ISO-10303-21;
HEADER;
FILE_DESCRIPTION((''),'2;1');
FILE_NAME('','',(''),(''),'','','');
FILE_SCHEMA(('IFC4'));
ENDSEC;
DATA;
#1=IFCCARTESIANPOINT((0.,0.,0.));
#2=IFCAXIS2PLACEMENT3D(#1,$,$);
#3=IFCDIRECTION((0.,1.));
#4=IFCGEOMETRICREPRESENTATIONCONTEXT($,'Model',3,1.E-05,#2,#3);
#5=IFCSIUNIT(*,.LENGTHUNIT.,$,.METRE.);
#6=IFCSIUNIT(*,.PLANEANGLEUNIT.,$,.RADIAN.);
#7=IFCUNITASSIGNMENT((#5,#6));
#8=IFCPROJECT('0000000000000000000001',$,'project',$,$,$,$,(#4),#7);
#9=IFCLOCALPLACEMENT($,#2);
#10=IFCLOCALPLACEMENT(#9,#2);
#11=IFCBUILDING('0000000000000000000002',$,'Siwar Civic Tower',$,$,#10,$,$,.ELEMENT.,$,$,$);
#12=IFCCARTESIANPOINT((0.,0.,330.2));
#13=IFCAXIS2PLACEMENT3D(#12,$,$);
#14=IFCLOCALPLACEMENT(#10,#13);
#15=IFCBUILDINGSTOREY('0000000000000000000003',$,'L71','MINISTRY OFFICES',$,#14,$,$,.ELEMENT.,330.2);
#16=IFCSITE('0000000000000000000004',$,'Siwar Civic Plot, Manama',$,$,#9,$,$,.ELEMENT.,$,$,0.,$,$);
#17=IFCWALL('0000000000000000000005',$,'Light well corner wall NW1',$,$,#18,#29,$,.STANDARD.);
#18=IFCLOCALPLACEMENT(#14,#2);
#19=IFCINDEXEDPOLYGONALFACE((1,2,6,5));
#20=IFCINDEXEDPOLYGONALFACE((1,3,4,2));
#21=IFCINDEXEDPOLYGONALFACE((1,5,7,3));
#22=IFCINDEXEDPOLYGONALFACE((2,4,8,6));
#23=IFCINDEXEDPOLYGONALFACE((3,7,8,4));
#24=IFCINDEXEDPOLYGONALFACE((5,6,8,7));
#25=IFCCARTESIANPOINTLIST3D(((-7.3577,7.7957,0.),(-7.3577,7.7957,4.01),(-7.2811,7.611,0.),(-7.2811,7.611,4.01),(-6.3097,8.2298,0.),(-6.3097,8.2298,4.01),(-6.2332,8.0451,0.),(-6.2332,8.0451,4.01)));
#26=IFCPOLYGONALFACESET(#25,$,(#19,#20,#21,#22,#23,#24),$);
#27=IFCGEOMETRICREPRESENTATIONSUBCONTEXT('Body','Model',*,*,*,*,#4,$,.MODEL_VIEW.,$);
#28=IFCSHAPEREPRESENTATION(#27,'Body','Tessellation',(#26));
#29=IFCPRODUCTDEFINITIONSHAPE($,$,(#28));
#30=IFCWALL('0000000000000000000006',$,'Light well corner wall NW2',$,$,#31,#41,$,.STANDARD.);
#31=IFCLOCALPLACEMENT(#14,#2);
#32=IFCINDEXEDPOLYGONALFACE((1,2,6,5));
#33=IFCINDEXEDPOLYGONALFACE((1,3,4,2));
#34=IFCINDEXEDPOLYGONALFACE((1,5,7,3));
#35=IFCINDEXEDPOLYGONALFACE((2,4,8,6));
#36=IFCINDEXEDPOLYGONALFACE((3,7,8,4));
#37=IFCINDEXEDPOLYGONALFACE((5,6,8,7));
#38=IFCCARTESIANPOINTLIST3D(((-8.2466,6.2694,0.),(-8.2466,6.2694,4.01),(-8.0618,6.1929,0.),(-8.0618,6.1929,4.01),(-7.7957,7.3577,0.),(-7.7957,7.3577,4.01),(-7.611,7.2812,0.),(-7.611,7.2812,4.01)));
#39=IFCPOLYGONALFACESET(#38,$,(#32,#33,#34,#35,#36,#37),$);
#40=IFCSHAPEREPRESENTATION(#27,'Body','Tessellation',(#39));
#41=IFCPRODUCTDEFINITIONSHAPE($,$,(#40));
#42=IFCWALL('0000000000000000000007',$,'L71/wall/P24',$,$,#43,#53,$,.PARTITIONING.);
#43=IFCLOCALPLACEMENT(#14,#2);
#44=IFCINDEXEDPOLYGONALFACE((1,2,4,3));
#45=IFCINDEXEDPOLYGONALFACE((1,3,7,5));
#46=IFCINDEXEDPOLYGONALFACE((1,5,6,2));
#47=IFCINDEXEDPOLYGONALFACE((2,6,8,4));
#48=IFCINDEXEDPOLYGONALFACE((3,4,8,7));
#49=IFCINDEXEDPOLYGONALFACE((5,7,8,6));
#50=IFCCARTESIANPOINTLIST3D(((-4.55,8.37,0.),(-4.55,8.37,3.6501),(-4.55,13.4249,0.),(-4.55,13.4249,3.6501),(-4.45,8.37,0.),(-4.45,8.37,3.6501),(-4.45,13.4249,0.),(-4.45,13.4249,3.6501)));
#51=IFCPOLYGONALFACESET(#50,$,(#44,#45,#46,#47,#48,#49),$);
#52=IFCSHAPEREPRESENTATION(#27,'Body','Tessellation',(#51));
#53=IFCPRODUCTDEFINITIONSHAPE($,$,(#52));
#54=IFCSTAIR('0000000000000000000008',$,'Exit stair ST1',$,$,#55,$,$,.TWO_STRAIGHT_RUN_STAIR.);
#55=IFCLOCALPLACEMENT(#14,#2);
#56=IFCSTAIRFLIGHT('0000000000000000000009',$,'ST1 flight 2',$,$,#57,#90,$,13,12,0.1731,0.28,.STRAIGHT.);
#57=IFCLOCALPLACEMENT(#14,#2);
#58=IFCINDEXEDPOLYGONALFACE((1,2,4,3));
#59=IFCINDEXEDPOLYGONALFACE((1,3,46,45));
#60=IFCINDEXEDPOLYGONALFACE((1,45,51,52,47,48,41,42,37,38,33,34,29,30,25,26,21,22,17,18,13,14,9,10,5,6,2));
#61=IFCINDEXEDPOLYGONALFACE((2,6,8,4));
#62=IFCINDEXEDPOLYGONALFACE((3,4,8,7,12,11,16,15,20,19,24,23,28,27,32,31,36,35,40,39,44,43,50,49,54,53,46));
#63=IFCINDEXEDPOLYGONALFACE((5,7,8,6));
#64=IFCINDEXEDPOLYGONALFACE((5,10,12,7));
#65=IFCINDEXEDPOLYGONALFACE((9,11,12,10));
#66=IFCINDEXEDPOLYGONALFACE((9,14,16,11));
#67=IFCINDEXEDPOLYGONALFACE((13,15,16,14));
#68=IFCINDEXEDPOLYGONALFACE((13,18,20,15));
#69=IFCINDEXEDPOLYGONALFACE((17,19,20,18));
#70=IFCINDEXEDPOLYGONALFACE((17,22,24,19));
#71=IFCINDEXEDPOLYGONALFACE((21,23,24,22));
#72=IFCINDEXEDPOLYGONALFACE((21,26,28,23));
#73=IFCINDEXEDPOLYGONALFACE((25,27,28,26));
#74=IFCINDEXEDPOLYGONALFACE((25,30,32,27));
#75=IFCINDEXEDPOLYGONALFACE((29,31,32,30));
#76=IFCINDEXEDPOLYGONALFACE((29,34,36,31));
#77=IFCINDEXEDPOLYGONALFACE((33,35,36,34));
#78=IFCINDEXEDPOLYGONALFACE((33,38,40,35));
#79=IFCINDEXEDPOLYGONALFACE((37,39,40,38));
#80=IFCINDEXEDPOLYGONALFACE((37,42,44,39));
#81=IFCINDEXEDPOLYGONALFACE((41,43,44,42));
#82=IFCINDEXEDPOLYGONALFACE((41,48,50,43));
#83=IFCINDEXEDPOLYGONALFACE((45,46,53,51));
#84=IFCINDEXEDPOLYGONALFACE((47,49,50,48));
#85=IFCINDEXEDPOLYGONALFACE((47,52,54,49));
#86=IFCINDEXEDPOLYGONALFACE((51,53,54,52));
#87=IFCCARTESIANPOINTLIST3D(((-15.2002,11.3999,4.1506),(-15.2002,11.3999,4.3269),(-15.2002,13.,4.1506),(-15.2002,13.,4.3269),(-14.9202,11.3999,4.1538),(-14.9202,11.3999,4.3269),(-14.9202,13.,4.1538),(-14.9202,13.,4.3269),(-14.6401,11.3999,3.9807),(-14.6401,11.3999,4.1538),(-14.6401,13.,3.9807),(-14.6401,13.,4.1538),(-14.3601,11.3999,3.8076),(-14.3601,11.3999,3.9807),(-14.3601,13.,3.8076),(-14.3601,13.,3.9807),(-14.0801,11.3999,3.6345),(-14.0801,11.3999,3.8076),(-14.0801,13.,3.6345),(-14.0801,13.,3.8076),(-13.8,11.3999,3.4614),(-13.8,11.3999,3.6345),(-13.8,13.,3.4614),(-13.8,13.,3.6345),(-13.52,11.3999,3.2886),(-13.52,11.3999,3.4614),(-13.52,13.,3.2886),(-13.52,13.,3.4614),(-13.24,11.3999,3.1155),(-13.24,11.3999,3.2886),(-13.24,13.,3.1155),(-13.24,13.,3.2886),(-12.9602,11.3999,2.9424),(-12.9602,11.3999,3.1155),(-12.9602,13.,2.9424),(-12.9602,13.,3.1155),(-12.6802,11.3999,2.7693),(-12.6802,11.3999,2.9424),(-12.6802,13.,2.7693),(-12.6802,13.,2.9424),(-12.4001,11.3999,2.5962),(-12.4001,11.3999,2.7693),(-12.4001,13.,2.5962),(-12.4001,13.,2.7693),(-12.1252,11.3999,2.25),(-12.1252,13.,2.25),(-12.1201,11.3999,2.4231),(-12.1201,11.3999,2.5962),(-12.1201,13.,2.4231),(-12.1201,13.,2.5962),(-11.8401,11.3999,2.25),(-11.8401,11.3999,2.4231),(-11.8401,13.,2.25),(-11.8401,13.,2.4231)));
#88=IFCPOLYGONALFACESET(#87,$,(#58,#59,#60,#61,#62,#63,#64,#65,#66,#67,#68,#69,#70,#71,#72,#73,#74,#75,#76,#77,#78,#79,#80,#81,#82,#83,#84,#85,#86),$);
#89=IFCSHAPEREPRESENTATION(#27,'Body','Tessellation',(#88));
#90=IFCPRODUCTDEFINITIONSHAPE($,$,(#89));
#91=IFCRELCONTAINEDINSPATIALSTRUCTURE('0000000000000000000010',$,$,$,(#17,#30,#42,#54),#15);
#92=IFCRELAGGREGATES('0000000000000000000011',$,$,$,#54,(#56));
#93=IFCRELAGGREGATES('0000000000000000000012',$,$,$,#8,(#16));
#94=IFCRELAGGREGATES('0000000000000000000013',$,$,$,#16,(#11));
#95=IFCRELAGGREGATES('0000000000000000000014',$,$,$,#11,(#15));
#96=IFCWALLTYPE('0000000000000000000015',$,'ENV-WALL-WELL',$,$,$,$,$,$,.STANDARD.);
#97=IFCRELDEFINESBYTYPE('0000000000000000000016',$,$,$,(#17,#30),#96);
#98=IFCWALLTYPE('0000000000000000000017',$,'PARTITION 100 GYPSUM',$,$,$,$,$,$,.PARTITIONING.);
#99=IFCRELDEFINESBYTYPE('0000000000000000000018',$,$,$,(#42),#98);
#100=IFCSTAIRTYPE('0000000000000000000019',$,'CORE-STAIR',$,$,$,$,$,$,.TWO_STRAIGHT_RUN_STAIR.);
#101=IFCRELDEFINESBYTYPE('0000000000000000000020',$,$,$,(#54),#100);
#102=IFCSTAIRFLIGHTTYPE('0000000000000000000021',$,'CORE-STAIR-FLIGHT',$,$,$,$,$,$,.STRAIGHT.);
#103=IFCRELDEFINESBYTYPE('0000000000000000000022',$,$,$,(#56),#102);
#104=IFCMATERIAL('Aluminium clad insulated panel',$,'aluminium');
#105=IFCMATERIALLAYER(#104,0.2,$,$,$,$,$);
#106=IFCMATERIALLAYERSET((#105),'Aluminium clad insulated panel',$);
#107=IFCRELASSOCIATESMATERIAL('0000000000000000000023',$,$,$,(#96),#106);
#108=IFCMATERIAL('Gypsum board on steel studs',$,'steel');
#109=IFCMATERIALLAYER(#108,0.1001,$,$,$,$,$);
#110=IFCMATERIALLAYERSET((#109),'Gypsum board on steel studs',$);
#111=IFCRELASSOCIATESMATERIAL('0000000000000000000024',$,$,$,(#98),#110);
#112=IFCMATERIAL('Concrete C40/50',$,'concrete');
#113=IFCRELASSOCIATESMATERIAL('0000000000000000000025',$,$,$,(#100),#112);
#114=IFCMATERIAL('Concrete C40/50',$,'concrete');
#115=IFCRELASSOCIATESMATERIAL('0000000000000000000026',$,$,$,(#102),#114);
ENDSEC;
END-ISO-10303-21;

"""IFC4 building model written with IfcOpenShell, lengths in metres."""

from ifc_helpers import new_model, si_unit, direction, frame, frame_2d, origin, place, context, subcontext, project, spatial, polyline, rectangle, outline, extrude, material, layer, layer_set, type_object, element, aggregate, save


model = new_model("IFC4")

# Units and contexts
model_context = context("Model", 3, precision=1e-05, world=origin(), true_north=direction((0.0, 1.0)))
body_context = subcontext(model_context, "Body", "Model", "MODEL_VIEW")
ifc_project = project(units=[si_unit("LENGTHUNIT", "METRE"), si_unit("PLANEANGLEUNIT", "RADIAN")], contexts=[model_context])

# Site, building, storey
site_placement = place(None, origin())
site = spatial("IfcSite", under=ifc_project, at=site_placement, Name="Siwar Civic Plot, Manama", CompositionType="ELEMENT", RefElevation=0.0)
building_placement = place(site_placement, origin())
building = spatial("IfcBuilding", under=site, at=building_placement, Name="Siwar Civic Tower", CompositionType="ELEMENT")
storey_placement = place(building_placement, frame((0.0, 0.0, 330.2)))
storey = spatial("IfcBuildingStorey", under=building, at=storey_placement, Name="L71", Description="MINISTRY OFFICES", CompositionType="ELEMENT", Elevation=330.2)

# Walls
ifc_material_1 = material(Name="Aluminium clad insulated panel", Category="aluminium")
ifc_layer_1 = layer(ifc_material_1, 0.2)
ifc_layer_set_1 = layer_set([ifc_layer_1], Name="Aluminium clad insulated panel")
wall_type_1 = type_object("IfcWallType", Name="ENV-WALL-WELL", PredefinedType="STANDARD", material=ifc_layer_set_1)
wall_1_placement = place(storey_placement, frame((-6.2715, 8.1375, 0.0), z_axis=(0.0, 0.0, 1.0), x_axis=(-0.923865, -0.382719, 0.0)))
element("IfcWall", 1, at=wall_1_placement, inside=storey, type_object=wall_type_1, Name="Light well corner wall NW1", PredefinedType="STANDARD", context=body_context, shape_type="SweptSolid", body=[
    extrude(rectangle(XDim=1.1343, YDim=0.2, at=frame_2d((0.5671, 0.0))), origin(), (0.0, 0.0, 1.0), 4.01),
])
wall_2_placement = place(storey_placement, frame((-7.7034, 7.3193, 0.0), z_axis=(0.0, 0.0, 1.0), x_axis=(-0.382761, -0.923848, 0.0)))
element("IfcWall", 2, at=wall_2_placement, inside=storey, type_object=wall_type_1, Name="Light well corner wall NW2", PredefinedType="STANDARD", context=body_context, shape_type="SweptSolid", body=[
    extrude(rectangle(XDim=1.178, YDim=0.2, at=frame_2d((0.5889, 0.0))), origin(), (0.0, 0.0, 1.0), 4.01),
])
ifc_material_2 = material(Name="Gypsum board on steel studs", Category="steel")
ifc_layer_2 = layer(ifc_material_2, 0.1001)
ifc_layer_set_2 = layer_set([ifc_layer_2], Name="Gypsum board on steel studs")
wall_type_2 = type_object("IfcWallType", Name="PARTITION 100 GYPSUM", PredefinedType="PARTITIONING", material=ifc_layer_set_2)
wall_3_placement = place(storey_placement, frame((-4.5, 8.3701, 0.0), z_axis=(0.0, 0.0, 1.0), x_axis=(0.0, 1.0, 0.0)))
element("IfcWall", 3, at=wall_3_placement, inside=storey, type_object=wall_type_2, Name="L71/wall/P24", PredefinedType="PARTITIONING", context=body_context, shape_type="SweptSolid", body=[
    extrude(rectangle(XDim=5.0549, YDim=0.1001, at=frame_2d((2.5273, 0.0))), origin(), (0.0, 0.0, 1.0), 3.6501),
])

# Stair, stair flight
ifc_material_3 = material(Name="Concrete C40/50", Category="concrete")
stair_type = type_object("IfcStairType", Name="CORE-STAIR", PredefinedType="TWO_STRAIGHT_RUN_STAIR", material=ifc_material_3)
stair_placement = place(storey_placement, origin())
stair = element("IfcStair", 4, at=stair_placement, inside=storey, type_object=stair_type, Name="Exit stair ST1", PredefinedType="TWO_STRAIGHT_RUN_STAIR")
ifc_material_4 = material(Name="Concrete C40/50", Category="concrete")
stair_flight_type = type_object("IfcStairFlightType", Name="CORE-STAIR-FLIGHT", PredefinedType="STRAIGHT", material=ifc_material_4)
stair_flight_placement = place(storey_placement, frame((-11.8401, 12.2, 2.25), z_axis=(0.0, 0.0, 1.0), x_axis=(-1.0, 0.0, 0.0)))
stair_flight = element("IfcStairFlight", 5, at=stair_flight_placement, type_object=stair_flight_type, Name="ST1 flight 2", NumberOfRisers=13, NumberOfTreads=12, PredefinedType="STRAIGHT", RiserHeight=0.1731, TreadLength=0.28, context=body_context, shape_type="SweptSolid", body=[
    extrude(outline(polyline([(0.0, 0.0), (0.0, 0.1731), (0.28, 0.1731), (0.28, 0.3462), (0.5601, 0.3462), (0.5601, 0.5193), (0.8401, 0.5193), (0.8401, 0.6924), (1.1201, 0.6924), (1.1201, 0.8655), (1.3999, 0.8655), (1.3999, 1.0386), (1.6799, 1.0386), (1.6799, 1.2114), (1.96, 1.2114), (1.96, 1.3845), (2.24, 1.3845), (2.24, 1.5576), (2.52, 1.5576), (2.52, 1.7307), (2.8, 1.7307), (2.8, 1.9038), (3.0801, 1.9038), (3.0801, 2.0769), (3.3601, 2.0769), (3.3601, 2.25), (3.3601, 1.9006), (0.2852, 0.0), (0.0, 0.0)])), frame((0.0, 0.8, 0.0), z_axis=(0.0, -1.0, 0.0), x_axis=(1.0, 0.0, 0.0)), (0.0, 0.0, 1.0), 1.6001),
])
aggregate(stair, [stair_flight])

save(model, "model.ifc")
